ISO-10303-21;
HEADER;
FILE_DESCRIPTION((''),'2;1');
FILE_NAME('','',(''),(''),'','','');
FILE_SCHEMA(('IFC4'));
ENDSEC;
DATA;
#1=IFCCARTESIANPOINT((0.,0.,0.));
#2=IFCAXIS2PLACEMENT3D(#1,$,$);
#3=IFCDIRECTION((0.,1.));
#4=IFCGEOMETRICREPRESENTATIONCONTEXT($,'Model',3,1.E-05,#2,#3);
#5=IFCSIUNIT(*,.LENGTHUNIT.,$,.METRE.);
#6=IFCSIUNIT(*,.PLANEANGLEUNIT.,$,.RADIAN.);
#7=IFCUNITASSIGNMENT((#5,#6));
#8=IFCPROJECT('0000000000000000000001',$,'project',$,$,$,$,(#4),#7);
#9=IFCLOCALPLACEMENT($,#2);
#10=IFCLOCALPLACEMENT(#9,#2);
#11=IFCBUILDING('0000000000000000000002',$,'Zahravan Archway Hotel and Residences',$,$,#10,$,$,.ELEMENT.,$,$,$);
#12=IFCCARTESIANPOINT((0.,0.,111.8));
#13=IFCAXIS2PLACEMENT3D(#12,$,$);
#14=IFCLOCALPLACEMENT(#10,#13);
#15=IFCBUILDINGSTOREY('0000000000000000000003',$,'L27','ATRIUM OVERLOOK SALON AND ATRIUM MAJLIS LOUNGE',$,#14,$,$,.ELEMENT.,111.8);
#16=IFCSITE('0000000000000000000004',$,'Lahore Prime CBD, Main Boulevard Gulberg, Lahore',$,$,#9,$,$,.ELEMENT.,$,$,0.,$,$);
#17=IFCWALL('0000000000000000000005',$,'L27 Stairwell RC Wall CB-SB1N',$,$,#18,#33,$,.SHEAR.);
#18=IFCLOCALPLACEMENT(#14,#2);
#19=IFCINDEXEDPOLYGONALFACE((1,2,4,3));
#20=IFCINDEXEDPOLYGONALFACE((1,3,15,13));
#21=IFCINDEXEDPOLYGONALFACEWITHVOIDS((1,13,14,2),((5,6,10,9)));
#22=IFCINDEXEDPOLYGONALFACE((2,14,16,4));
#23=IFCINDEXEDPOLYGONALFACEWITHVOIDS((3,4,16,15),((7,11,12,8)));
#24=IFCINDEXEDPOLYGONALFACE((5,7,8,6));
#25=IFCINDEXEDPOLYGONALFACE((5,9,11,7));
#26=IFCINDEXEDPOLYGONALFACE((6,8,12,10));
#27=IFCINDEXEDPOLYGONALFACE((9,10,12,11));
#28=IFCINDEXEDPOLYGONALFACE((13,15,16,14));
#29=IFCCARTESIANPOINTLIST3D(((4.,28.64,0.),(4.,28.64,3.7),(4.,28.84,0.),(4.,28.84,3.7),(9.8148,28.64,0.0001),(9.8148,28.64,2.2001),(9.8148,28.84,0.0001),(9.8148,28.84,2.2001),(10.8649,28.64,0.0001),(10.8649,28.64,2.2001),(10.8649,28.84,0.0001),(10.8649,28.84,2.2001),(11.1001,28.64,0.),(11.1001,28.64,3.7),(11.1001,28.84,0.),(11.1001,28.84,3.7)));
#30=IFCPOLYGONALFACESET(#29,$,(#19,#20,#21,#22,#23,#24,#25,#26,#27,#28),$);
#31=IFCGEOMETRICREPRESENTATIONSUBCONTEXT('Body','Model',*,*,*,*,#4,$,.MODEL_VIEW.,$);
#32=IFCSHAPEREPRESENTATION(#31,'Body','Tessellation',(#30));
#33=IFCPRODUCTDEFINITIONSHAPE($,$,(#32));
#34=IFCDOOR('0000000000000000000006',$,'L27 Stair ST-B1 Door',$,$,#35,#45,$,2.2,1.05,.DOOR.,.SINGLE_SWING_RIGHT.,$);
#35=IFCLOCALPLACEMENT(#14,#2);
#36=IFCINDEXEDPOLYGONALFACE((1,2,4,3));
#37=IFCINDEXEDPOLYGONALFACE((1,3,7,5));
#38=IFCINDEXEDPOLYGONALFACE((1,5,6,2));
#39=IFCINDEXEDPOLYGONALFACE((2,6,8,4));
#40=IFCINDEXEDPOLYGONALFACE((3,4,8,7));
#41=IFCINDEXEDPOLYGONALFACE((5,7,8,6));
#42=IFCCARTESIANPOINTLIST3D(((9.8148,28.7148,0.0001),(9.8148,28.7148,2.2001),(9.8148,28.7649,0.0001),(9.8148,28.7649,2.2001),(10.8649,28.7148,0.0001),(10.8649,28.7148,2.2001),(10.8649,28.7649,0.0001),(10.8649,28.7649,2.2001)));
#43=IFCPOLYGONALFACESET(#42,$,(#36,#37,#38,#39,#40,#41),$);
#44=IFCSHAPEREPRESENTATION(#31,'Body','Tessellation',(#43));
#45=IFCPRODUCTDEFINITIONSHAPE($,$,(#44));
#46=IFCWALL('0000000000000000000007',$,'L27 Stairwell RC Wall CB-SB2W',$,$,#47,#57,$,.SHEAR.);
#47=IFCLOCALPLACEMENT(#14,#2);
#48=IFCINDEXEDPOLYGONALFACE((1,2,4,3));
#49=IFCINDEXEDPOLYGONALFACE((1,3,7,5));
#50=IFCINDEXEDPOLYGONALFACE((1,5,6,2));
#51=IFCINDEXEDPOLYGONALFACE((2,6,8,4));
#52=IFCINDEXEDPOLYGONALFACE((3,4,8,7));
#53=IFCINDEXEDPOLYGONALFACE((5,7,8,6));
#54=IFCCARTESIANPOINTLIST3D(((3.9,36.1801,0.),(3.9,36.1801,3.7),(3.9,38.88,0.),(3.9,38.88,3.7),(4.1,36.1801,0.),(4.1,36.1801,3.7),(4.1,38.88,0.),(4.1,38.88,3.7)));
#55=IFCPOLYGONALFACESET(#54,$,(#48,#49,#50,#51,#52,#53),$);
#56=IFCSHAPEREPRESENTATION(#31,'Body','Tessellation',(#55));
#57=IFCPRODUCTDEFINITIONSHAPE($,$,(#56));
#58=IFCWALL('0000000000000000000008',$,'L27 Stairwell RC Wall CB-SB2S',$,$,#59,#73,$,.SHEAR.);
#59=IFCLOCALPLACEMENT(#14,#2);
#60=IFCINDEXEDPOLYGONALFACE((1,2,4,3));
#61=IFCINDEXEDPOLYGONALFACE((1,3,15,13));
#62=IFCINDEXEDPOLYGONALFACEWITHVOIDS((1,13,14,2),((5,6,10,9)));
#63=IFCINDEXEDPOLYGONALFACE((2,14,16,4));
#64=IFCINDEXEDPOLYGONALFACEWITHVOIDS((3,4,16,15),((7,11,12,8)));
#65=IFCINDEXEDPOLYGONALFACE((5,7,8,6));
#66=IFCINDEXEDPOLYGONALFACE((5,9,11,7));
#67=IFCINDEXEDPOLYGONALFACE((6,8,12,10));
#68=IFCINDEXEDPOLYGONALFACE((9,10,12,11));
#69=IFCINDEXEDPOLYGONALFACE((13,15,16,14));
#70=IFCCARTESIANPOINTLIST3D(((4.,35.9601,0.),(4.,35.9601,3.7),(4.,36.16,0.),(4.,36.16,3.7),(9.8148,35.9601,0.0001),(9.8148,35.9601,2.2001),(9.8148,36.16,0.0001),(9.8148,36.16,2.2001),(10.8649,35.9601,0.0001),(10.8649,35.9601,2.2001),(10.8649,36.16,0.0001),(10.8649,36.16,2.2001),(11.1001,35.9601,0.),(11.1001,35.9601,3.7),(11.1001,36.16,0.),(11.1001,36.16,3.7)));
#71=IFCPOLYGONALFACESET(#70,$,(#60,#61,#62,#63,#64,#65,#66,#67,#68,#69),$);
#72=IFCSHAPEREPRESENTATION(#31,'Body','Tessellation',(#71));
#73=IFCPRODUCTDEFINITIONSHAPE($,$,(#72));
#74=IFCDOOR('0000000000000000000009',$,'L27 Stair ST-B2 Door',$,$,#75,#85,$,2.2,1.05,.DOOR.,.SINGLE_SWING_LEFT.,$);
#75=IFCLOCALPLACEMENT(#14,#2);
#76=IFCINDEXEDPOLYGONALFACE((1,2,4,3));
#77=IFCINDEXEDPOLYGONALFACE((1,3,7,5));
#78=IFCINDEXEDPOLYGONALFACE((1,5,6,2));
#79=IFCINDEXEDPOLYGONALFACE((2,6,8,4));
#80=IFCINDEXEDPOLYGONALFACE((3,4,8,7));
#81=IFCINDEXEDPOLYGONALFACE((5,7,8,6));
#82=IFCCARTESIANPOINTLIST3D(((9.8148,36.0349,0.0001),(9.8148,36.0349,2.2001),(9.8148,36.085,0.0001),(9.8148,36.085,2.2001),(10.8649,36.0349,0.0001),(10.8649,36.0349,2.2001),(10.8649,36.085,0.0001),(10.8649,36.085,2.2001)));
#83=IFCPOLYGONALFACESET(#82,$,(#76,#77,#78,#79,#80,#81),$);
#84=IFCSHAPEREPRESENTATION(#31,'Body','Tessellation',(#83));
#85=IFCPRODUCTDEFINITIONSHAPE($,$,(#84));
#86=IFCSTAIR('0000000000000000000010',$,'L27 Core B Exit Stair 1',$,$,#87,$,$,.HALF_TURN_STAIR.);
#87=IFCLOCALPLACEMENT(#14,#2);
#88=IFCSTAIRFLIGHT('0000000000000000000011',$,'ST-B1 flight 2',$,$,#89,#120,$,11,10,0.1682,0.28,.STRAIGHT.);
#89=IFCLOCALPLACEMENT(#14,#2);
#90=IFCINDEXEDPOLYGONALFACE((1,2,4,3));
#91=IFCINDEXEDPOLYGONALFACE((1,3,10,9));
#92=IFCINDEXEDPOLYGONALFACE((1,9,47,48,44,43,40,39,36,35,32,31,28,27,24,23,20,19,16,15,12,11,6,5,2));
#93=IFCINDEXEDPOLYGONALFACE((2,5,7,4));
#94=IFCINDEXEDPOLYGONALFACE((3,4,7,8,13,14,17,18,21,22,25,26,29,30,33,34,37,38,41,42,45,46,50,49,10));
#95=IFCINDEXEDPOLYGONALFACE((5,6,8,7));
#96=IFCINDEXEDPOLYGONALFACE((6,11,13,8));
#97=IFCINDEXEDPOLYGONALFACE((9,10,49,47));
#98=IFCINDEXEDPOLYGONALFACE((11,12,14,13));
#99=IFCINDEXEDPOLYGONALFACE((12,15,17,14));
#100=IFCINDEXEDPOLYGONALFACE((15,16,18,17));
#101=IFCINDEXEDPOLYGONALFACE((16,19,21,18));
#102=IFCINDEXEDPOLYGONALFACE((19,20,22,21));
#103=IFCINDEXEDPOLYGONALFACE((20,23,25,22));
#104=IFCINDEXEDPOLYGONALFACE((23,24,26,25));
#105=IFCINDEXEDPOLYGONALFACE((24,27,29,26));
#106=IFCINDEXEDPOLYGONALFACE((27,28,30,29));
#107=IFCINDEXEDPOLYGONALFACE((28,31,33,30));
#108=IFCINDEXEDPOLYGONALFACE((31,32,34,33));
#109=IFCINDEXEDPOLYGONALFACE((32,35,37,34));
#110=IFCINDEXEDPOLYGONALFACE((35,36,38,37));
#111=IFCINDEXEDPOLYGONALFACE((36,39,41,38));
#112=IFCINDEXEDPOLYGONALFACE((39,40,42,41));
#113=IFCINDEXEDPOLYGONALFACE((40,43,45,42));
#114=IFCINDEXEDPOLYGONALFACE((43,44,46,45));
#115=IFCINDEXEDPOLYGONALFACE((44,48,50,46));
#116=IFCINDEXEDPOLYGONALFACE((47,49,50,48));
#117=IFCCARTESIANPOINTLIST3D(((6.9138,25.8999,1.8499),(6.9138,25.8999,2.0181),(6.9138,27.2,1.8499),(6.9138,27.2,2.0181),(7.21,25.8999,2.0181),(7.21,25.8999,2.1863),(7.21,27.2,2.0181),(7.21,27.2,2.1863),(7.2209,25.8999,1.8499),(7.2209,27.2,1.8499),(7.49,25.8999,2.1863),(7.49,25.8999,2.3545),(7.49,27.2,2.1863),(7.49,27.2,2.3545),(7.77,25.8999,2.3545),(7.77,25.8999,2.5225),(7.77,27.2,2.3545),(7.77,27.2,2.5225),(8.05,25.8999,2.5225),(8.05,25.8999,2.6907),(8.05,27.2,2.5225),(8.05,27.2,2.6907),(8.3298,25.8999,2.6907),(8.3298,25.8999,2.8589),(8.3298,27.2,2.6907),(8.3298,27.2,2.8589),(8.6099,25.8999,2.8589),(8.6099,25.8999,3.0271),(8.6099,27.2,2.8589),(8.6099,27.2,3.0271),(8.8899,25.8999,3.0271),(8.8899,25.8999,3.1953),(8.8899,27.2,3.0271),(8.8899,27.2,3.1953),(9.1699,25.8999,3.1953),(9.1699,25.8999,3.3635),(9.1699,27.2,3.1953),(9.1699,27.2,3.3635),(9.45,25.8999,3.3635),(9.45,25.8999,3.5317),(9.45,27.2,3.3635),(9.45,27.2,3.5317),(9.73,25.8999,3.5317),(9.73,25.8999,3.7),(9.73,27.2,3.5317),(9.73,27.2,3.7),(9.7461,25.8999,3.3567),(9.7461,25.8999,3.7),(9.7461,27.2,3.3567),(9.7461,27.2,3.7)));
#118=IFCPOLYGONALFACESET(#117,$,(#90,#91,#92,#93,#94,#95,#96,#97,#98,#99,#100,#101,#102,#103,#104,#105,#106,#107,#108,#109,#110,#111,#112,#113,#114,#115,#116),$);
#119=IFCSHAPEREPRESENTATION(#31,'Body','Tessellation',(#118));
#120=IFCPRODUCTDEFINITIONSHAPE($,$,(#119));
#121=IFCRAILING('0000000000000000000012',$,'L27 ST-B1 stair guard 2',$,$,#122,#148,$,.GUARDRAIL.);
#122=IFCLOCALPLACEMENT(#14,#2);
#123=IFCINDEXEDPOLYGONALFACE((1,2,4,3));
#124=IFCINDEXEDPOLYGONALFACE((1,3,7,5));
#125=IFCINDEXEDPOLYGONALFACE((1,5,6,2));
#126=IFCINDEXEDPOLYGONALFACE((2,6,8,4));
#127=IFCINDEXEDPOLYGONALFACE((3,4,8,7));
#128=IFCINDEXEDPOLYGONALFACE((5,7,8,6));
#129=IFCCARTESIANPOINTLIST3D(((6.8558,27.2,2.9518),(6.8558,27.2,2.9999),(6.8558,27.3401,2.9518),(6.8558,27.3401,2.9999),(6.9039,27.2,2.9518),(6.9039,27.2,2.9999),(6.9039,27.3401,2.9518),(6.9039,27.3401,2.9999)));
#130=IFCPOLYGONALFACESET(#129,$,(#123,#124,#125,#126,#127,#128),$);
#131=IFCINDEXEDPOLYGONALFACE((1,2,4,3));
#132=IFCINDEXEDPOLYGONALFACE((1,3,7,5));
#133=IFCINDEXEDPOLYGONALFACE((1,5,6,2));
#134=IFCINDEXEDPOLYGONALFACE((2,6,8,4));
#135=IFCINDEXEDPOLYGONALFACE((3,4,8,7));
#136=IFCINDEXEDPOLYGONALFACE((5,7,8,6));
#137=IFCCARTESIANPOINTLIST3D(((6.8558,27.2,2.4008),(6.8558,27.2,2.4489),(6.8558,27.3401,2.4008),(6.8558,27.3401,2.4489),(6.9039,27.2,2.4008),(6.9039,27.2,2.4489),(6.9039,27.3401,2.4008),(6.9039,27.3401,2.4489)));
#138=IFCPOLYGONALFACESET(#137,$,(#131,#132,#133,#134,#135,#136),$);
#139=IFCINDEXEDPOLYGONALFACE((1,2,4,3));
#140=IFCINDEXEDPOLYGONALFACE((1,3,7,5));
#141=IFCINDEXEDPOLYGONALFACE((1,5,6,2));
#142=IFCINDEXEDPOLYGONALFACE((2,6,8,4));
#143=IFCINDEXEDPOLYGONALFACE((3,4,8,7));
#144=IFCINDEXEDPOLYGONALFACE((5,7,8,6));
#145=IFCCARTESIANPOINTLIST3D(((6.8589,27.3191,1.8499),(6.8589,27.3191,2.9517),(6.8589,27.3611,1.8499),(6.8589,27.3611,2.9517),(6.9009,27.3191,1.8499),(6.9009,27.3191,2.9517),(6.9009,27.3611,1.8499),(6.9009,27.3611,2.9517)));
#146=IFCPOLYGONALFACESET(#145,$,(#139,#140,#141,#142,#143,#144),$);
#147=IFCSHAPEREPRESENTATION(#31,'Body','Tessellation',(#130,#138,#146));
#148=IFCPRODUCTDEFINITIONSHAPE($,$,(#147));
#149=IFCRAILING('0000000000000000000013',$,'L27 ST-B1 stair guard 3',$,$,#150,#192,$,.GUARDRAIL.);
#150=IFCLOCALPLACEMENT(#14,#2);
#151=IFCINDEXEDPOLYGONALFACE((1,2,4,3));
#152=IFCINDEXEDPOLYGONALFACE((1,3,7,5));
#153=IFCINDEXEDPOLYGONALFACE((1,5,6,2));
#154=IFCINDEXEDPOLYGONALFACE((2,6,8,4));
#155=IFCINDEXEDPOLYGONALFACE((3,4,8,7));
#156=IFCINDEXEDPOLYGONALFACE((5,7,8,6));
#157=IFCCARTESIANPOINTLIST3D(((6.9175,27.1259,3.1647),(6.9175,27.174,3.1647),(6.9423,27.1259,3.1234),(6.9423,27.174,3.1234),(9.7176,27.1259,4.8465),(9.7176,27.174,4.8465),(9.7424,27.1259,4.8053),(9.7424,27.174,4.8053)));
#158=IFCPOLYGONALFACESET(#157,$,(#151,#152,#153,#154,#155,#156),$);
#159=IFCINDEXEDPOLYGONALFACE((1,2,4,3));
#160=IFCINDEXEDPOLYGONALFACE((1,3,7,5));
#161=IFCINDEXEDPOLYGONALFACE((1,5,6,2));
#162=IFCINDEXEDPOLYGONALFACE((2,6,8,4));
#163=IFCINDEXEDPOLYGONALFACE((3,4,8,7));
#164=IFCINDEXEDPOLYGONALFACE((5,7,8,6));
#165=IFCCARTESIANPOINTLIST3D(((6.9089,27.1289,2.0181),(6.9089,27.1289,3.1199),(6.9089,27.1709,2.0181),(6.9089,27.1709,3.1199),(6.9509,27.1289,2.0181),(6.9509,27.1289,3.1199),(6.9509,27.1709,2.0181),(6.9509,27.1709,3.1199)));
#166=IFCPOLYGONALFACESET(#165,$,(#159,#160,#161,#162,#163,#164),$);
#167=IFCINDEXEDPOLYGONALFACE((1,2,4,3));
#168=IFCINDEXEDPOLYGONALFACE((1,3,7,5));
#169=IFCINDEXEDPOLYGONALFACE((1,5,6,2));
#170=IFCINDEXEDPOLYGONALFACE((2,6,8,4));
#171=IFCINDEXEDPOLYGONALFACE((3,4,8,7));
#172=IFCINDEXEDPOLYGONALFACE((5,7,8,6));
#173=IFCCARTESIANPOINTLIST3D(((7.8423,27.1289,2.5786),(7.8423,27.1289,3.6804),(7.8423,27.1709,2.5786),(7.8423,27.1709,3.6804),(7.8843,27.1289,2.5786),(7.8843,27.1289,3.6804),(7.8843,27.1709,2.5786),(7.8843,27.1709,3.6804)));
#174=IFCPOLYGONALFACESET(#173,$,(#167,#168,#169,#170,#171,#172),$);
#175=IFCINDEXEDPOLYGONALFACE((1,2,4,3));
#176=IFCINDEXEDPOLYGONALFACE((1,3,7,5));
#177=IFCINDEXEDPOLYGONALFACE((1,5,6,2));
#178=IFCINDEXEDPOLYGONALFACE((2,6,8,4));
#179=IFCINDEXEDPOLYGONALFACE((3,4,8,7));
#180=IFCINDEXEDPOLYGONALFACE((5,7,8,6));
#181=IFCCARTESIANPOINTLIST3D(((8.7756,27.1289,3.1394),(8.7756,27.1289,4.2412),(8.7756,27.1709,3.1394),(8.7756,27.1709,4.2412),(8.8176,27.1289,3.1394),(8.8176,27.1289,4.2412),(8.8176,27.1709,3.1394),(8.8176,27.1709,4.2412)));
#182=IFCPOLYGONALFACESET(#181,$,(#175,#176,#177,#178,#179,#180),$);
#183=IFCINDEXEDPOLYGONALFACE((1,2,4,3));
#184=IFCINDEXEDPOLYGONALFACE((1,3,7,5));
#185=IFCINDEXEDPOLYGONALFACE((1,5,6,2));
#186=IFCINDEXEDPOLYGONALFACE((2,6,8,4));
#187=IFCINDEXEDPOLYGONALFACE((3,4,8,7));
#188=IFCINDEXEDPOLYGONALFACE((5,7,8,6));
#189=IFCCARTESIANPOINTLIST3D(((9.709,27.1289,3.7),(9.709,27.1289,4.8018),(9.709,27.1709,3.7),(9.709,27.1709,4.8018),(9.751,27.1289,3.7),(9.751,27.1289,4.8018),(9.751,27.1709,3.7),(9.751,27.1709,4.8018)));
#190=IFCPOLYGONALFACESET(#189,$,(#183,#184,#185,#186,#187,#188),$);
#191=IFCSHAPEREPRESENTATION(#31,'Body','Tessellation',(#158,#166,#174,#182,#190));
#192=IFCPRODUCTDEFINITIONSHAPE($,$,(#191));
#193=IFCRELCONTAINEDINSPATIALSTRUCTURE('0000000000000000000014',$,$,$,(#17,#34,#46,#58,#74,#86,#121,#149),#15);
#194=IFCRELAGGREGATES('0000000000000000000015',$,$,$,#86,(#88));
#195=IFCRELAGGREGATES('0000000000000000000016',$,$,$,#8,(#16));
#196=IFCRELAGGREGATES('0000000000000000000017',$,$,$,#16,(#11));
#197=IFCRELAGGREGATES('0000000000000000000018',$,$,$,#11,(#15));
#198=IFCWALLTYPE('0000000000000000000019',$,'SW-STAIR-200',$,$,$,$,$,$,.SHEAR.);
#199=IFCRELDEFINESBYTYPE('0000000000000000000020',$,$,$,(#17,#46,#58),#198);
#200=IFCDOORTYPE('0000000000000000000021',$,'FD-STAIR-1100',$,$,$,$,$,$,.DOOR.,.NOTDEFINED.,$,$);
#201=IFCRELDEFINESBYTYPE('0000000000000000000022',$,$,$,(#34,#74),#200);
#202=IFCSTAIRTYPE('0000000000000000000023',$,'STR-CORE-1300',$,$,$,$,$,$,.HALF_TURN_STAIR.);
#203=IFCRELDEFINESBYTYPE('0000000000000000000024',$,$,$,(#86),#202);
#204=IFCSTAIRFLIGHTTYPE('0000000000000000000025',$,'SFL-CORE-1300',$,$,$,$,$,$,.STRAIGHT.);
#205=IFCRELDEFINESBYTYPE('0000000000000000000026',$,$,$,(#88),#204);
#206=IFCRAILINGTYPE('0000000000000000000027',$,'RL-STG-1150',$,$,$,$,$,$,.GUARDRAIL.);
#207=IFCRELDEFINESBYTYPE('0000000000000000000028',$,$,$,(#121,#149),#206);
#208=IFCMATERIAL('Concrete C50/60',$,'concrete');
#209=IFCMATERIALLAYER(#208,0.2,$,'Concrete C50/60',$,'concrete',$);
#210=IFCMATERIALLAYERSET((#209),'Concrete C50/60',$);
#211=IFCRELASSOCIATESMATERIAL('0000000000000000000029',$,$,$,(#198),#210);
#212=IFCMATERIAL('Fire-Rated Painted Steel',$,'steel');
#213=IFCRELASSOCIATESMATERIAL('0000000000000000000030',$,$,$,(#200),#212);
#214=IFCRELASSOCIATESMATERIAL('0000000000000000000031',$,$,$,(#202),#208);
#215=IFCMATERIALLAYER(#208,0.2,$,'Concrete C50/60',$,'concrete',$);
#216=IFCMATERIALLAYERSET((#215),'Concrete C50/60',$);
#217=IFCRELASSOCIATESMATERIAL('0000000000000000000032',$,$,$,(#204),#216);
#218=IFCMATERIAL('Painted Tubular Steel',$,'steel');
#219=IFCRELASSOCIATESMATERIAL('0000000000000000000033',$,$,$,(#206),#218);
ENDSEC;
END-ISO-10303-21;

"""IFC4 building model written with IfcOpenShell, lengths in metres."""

from ifc_helpers import new_model, si_unit, direction, frame, frame_2d, origin, origin_2d, place, context, subcontext, project, spatial, polyline, rectangle, outline, extrude, source, transform, mapped, material, layer, layer_set, type_object, type_shapes, element, fill, aggregate, save


model = new_model("IFC4")

# Units and contexts
model_context = context("Model", 3, precision=1e-05, world=origin(), true_north=direction((0.0, 1.0)))
body_context = subcontext(model_context, "Body", "Model", "MODEL_VIEW")
ifc_project = project(units=[si_unit("LENGTHUNIT", "METRE"), si_unit("PLANEANGLEUNIT", "RADIAN")], contexts=[model_context])

# Site, building, storey
site_placement = place(None, origin())
site = spatial("IfcSite", under=ifc_project, at=site_placement, Name="Lahore Prime CBD, Main Boulevard Gulberg, Lahore", CompositionType="ELEMENT", RefElevation=0.0)
building_placement = place(site_placement, origin())
building = spatial("IfcBuilding", under=site, at=building_placement, Name="Zahravan Archway Hotel and Residences", CompositionType="ELEMENT")
storey_placement = place(building_placement, frame((0.0, 0.0, 111.8)))
storey = spatial("IfcBuildingStorey", under=building, at=storey_placement, Name="L27", Description="ATRIUM OVERLOOK SALON AND ATRIUM MAJLIS LOUNGE", CompositionType="ELEMENT", Elevation=111.8)

# Shared definitions
ifc_material_1 = material(Name="Fire-Rated Painted Steel", Category="steel")

# Shared definitions
ifc_material_2 = material(Name="Concrete C50/60", Category="concrete")
ifc_layer_1 = layer(ifc_material_2, 0.2, Name="Concrete C50/60", Category="concrete")
ifc_layer_set_1 = layer_set([ifc_layer_1], Name="Concrete C50/60")
wall_type_1 = type_object("IfcWallType", Name="SW-STAIR-200", PredefinedType="SHEAR", material=ifc_layer_set_1)

# Wall, opening, door
wall_1_placement = place(storey_placement, frame((4.0, 28.74, 0.0), z_axis=(0.0, 0.0, 1.0), x_axis=(1.0, 0.0, 0.0)))
wall_1 = element("IfcWall", 1, at=wall_1_placement, inside=storey, type_object=wall_type_1, Name="L27 Stairwell RC Wall CB-SB1N", PredefinedType="SHEAR", context=body_context, shape_type="SweptSolid", body=[
    extrude(rectangle(XDim=7.1001, YDim=0.2, at=frame_2d((3.55, 0.0))), origin(), (0.0, 0.0, 1.0), 3.7),
])
opening_1_placement = place(wall_1_placement, frame((5.8149, 0.0, 0.0)))
opening_1 = element("IfcOpeningElement", 2, at=opening_1_placement, cuts=wall_1, PredefinedType="OPENING", context=body_context, shape_type="SweptSolid", body=[
    extrude(rectangle(XDim=1.05, YDim=2.2, at=frame_2d((0.5249, 1.1001))), frame((0.0, 0.1099, 0.0), z_axis=(0.0, -1.0, 0.0), x_axis=(1.0, 0.0, 0.0)), (0.0, 0.0, 1.0), 0.22),
])
door_type_1 = type_object("IfcDoorType", Name="FD-STAIR-1100", OperationType="NOTDEFINED", PredefinedType="DOOR", material=ifc_material_1)
shared_shape_1 = source(origin(), body_context, "Body", "SweptSolid", [
    extrude(rectangle(XDim=1.05, YDim=2.2, at=frame_2d((0.5249, 1.1001))), frame((0.0, 0.0249, 0.0), z_axis=(0.0, -1.0, 0.0), x_axis=(1.0, 0.0, 0.0)), (0.0, 0.0, 1.0), 0.05),
])
type_shapes(door_type_1, [shared_shape_1])
door_1_placement = place(opening_1_placement, origin())
door_1 = element("IfcDoor", 3, at=door_1_placement, inside=storey, type_object=door_type_1, Name="L27 Stair ST-B1 Door", OperationType="SINGLE_SWING_RIGHT", OverallHeight=2.2, OverallWidth=1.05, PredefinedType="DOOR", context=body_context, shape_type="MappedRepresentation", body=[
    mapped(shared_shape_1, transform((0.0, 0.0, 0.0), scale=1.0)),
])
fill(opening_1, door_1)

# Wall
wall_2_placement = place(storey_placement, frame((4.0, 36.1799, 0.0), z_axis=(0.0, 0.0, 1.0), x_axis=(0.0, 1.0, 0.0)))
element("IfcWall", 4, at=wall_2_placement, inside=storey, type_object=wall_type_1, Name="L27 Stairwell RC Wall CB-SB2W", PredefinedType="SHEAR", context=body_context, shape_type="SweptSolid", body=[
    extrude(rectangle(XDim=2.7, YDim=0.2, at=frame_2d((1.3501, 0.0))), origin(), (0.0, 0.0, 1.0), 3.7),
])

# Wall, opening, door
wall_3_placement = place(storey_placement, frame((4.0, 36.0601, 0.0), z_axis=(0.0, 0.0, 1.0), x_axis=(1.0, 0.0, 0.0)))
wall_3 = element("IfcWall", 5, at=wall_3_placement, inside=storey, type_object=wall_type_1, Name="L27 Stairwell RC Wall CB-SB2S", PredefinedType="SHEAR", context=body_context, shape_type="SweptSolid", body=[
    extrude(rectangle(XDim=7.1001, YDim=0.2, at=frame_2d((3.55, 0.0))), origin(), (0.0, 0.0, 1.0), 3.7),
])
opening_2_placement = place(wall_3_placement, frame((5.8149, 0.0, 0.0)))
opening_2 = element("IfcOpeningElement", 6, at=opening_2_placement, cuts=wall_3, PredefinedType="OPENING", context=body_context, shape_type="SweptSolid", body=[
    extrude(rectangle(XDim=1.05, YDim=2.2, at=frame_2d((0.5249, 1.1001))), frame((0.0, 0.1099, 0.0), z_axis=(0.0, -1.0, 0.0), x_axis=(1.0, 0.0, 0.0)), (0.0, 0.0, 1.0), 0.22),
])
door_2_placement = place(opening_2_placement, origin())
door_2 = element("IfcDoor", 7, at=door_2_placement, inside=storey, type_object=door_type_1, Name="L27 Stair ST-B2 Door", OperationType="SINGLE_SWING_LEFT", OverallHeight=2.2, OverallWidth=1.05, PredefinedType="DOOR", context=body_context, shape_type="MappedRepresentation", body=[
    mapped(shared_shape_1, transform((0.0, 0.0, 0.0), scale=1.0)),
])
fill(opening_2, door_2)

# Stair, stair flight
stair_type = type_object("IfcStairType", Name="STR-CORE-1300", PredefinedType="HALF_TURN_STAIR", material=ifc_material_2)
stair_placement = place(storey_placement, origin())
stair = element("IfcStair", 8, at=stair_placement, inside=storey, type_object=stair_type, Name="L27 Core B Exit Stair 1", PredefinedType="HALF_TURN_STAIR")
ifc_layer_2 = layer(ifc_material_2, 0.2, Name="Concrete C50/60", Category="concrete")
ifc_layer_set_2 = layer_set([ifc_layer_2], Name="Concrete C50/60")
stair_flight_type = type_object("IfcStairFlightType", Name="SFL-CORE-1300", PredefinedType="STRAIGHT", material=ifc_layer_set_2)
shared_shape_2 = source(origin(), body_context, "Body", "SweptSolid", [
    extrude(outline(polyline([(-0.0161, 0.0), (-0.0161, 0.1682), (0.28, 0.1682), (0.28, 0.3364), (0.5601, 0.3364), (0.5601, 0.5046), (0.8401, 0.5046), (0.8401, 0.6726), (1.1201, 0.6726), (1.1201, 0.8408), (1.3999, 0.8408), (1.3999, 1.009), (1.6799, 1.009), (1.6799, 1.1772), (1.96, 1.1772), (1.96, 1.3455), (2.24, 1.3455), (2.24, 1.5137), (2.52, 1.5137), (2.52, 1.6819), (2.8, 1.6819), (2.8, 1.8501), (2.8162, 1.8501), (2.8162, 1.5068), (0.291, 0.0), (-0.0161, 0.0)])), frame((0.0, 0.6499, 0.0), z_axis=(0.0, -1.0, 0.0), x_axis=(1.0, 0.0, 0.0)), (0.0, 0.0, 1.0), 1.3),
])
stair_flight_placement = place(storey_placement, frame((6.9299, 26.55, 1.8499), z_axis=(0.0, 0.0, 1.0), x_axis=(1.0, 0.0, 0.0)))
stair_flight = element("IfcStairFlight", 9, at=stair_flight_placement, type_object=stair_flight_type, Name="ST-B1 flight 2", NumberOfRisers=11, NumberOfTreads=10, PredefinedType="STRAIGHT", RiserHeight=0.1682, TreadLength=0.28, context=body_context, shape_type="MappedRepresentation", body=[
    mapped(shared_shape_2, transform((0.0, 0.0, 0.0), scale=1.0)),
])
aggregate(stair, [stair_flight])

# Railings
ifc_material_3 = material(Name="Painted Tubular Steel", Category="steel")
railing_type_1 = type_object("IfcRailingType", Name="RL-STG-1150", PredefinedType="GUARDRAIL", material=ifc_material_3)
railing_1_placement = place(storey_placement, frame((6.8799, 27.3401, 1.8499)))
element("IfcRailing", 10, at=railing_1_placement, inside=storey, type_object=railing_type_1, Name="L27 ST-B1 stair guard 2", PredefinedType="GUARDRAIL", context=body_context, shape_type="SweptSolid", body=[
    extrude(rectangle(XDim=0.0481, YDim=0.0481, at=origin_2d()), frame((0.0, 0.0, 1.126), z_axis=(0.0, -1.0, 0.0), x_axis=(1.0, 0.0, 0.0)), (0.0, 0.0, 1.0), 0.1401),
    extrude(rectangle(XDim=0.0481, YDim=0.0481, at=origin_2d()), frame((0.0, 0.0, 0.575), z_axis=(0.0, -1.0, 0.0), x_axis=(1.0, 0.0, 0.0)), (0.0, 0.0, 1.0), 0.1401),
    extrude(rectangle(XDim=0.042, YDim=0.042, at=origin_2d()), origin(), (0.0, 0.0, 1.0), 1.1018),
])
railing_2_placement = place(storey_placement, frame((6.9299, 27.1499, 2.0181)))
element("IfcRailing", 11, at=railing_2_placement, inside=storey, type_object=railing_type_1, Name="L27 ST-B1 stair guard 3", PredefinedType="GUARDRAIL", context=body_context, shape_type="SweptSolid", body=[
    extrude(rectangle(XDim=0.0481, YDim=0.0481, at=origin_2d()), frame((0.0, 0.0, 1.126), z_axis=(0.857242, 0.0, 0.514913), x_axis=(0.0, 1.0, 0.0)), (0.0, 0.0, 1.0), 3.2664),
    extrude(rectangle(XDim=0.042, YDim=0.042, at=origin_2d()), origin(), (0.0, 0.0, 1.0), 1.1018),
    extrude(rectangle(XDim=0.042, YDim=0.042, at=origin_2d()), frame((0.9333, 0.0, 0.5605)), (0.0, 0.0, 1.0), 1.1018),
    extrude(rectangle(XDim=0.042, YDim=0.042, at=origin_2d()), frame((1.8667, 0.0, 1.1213)), (0.0, 0.0, 1.0), 1.1018),
    extrude(rectangle(XDim=0.042, YDim=0.042, at=origin_2d()), frame((2.8, 0.0, 1.6819)), (0.0, 0.0, 1.0), 1.1018),
])

save(model, "model.ifc")
